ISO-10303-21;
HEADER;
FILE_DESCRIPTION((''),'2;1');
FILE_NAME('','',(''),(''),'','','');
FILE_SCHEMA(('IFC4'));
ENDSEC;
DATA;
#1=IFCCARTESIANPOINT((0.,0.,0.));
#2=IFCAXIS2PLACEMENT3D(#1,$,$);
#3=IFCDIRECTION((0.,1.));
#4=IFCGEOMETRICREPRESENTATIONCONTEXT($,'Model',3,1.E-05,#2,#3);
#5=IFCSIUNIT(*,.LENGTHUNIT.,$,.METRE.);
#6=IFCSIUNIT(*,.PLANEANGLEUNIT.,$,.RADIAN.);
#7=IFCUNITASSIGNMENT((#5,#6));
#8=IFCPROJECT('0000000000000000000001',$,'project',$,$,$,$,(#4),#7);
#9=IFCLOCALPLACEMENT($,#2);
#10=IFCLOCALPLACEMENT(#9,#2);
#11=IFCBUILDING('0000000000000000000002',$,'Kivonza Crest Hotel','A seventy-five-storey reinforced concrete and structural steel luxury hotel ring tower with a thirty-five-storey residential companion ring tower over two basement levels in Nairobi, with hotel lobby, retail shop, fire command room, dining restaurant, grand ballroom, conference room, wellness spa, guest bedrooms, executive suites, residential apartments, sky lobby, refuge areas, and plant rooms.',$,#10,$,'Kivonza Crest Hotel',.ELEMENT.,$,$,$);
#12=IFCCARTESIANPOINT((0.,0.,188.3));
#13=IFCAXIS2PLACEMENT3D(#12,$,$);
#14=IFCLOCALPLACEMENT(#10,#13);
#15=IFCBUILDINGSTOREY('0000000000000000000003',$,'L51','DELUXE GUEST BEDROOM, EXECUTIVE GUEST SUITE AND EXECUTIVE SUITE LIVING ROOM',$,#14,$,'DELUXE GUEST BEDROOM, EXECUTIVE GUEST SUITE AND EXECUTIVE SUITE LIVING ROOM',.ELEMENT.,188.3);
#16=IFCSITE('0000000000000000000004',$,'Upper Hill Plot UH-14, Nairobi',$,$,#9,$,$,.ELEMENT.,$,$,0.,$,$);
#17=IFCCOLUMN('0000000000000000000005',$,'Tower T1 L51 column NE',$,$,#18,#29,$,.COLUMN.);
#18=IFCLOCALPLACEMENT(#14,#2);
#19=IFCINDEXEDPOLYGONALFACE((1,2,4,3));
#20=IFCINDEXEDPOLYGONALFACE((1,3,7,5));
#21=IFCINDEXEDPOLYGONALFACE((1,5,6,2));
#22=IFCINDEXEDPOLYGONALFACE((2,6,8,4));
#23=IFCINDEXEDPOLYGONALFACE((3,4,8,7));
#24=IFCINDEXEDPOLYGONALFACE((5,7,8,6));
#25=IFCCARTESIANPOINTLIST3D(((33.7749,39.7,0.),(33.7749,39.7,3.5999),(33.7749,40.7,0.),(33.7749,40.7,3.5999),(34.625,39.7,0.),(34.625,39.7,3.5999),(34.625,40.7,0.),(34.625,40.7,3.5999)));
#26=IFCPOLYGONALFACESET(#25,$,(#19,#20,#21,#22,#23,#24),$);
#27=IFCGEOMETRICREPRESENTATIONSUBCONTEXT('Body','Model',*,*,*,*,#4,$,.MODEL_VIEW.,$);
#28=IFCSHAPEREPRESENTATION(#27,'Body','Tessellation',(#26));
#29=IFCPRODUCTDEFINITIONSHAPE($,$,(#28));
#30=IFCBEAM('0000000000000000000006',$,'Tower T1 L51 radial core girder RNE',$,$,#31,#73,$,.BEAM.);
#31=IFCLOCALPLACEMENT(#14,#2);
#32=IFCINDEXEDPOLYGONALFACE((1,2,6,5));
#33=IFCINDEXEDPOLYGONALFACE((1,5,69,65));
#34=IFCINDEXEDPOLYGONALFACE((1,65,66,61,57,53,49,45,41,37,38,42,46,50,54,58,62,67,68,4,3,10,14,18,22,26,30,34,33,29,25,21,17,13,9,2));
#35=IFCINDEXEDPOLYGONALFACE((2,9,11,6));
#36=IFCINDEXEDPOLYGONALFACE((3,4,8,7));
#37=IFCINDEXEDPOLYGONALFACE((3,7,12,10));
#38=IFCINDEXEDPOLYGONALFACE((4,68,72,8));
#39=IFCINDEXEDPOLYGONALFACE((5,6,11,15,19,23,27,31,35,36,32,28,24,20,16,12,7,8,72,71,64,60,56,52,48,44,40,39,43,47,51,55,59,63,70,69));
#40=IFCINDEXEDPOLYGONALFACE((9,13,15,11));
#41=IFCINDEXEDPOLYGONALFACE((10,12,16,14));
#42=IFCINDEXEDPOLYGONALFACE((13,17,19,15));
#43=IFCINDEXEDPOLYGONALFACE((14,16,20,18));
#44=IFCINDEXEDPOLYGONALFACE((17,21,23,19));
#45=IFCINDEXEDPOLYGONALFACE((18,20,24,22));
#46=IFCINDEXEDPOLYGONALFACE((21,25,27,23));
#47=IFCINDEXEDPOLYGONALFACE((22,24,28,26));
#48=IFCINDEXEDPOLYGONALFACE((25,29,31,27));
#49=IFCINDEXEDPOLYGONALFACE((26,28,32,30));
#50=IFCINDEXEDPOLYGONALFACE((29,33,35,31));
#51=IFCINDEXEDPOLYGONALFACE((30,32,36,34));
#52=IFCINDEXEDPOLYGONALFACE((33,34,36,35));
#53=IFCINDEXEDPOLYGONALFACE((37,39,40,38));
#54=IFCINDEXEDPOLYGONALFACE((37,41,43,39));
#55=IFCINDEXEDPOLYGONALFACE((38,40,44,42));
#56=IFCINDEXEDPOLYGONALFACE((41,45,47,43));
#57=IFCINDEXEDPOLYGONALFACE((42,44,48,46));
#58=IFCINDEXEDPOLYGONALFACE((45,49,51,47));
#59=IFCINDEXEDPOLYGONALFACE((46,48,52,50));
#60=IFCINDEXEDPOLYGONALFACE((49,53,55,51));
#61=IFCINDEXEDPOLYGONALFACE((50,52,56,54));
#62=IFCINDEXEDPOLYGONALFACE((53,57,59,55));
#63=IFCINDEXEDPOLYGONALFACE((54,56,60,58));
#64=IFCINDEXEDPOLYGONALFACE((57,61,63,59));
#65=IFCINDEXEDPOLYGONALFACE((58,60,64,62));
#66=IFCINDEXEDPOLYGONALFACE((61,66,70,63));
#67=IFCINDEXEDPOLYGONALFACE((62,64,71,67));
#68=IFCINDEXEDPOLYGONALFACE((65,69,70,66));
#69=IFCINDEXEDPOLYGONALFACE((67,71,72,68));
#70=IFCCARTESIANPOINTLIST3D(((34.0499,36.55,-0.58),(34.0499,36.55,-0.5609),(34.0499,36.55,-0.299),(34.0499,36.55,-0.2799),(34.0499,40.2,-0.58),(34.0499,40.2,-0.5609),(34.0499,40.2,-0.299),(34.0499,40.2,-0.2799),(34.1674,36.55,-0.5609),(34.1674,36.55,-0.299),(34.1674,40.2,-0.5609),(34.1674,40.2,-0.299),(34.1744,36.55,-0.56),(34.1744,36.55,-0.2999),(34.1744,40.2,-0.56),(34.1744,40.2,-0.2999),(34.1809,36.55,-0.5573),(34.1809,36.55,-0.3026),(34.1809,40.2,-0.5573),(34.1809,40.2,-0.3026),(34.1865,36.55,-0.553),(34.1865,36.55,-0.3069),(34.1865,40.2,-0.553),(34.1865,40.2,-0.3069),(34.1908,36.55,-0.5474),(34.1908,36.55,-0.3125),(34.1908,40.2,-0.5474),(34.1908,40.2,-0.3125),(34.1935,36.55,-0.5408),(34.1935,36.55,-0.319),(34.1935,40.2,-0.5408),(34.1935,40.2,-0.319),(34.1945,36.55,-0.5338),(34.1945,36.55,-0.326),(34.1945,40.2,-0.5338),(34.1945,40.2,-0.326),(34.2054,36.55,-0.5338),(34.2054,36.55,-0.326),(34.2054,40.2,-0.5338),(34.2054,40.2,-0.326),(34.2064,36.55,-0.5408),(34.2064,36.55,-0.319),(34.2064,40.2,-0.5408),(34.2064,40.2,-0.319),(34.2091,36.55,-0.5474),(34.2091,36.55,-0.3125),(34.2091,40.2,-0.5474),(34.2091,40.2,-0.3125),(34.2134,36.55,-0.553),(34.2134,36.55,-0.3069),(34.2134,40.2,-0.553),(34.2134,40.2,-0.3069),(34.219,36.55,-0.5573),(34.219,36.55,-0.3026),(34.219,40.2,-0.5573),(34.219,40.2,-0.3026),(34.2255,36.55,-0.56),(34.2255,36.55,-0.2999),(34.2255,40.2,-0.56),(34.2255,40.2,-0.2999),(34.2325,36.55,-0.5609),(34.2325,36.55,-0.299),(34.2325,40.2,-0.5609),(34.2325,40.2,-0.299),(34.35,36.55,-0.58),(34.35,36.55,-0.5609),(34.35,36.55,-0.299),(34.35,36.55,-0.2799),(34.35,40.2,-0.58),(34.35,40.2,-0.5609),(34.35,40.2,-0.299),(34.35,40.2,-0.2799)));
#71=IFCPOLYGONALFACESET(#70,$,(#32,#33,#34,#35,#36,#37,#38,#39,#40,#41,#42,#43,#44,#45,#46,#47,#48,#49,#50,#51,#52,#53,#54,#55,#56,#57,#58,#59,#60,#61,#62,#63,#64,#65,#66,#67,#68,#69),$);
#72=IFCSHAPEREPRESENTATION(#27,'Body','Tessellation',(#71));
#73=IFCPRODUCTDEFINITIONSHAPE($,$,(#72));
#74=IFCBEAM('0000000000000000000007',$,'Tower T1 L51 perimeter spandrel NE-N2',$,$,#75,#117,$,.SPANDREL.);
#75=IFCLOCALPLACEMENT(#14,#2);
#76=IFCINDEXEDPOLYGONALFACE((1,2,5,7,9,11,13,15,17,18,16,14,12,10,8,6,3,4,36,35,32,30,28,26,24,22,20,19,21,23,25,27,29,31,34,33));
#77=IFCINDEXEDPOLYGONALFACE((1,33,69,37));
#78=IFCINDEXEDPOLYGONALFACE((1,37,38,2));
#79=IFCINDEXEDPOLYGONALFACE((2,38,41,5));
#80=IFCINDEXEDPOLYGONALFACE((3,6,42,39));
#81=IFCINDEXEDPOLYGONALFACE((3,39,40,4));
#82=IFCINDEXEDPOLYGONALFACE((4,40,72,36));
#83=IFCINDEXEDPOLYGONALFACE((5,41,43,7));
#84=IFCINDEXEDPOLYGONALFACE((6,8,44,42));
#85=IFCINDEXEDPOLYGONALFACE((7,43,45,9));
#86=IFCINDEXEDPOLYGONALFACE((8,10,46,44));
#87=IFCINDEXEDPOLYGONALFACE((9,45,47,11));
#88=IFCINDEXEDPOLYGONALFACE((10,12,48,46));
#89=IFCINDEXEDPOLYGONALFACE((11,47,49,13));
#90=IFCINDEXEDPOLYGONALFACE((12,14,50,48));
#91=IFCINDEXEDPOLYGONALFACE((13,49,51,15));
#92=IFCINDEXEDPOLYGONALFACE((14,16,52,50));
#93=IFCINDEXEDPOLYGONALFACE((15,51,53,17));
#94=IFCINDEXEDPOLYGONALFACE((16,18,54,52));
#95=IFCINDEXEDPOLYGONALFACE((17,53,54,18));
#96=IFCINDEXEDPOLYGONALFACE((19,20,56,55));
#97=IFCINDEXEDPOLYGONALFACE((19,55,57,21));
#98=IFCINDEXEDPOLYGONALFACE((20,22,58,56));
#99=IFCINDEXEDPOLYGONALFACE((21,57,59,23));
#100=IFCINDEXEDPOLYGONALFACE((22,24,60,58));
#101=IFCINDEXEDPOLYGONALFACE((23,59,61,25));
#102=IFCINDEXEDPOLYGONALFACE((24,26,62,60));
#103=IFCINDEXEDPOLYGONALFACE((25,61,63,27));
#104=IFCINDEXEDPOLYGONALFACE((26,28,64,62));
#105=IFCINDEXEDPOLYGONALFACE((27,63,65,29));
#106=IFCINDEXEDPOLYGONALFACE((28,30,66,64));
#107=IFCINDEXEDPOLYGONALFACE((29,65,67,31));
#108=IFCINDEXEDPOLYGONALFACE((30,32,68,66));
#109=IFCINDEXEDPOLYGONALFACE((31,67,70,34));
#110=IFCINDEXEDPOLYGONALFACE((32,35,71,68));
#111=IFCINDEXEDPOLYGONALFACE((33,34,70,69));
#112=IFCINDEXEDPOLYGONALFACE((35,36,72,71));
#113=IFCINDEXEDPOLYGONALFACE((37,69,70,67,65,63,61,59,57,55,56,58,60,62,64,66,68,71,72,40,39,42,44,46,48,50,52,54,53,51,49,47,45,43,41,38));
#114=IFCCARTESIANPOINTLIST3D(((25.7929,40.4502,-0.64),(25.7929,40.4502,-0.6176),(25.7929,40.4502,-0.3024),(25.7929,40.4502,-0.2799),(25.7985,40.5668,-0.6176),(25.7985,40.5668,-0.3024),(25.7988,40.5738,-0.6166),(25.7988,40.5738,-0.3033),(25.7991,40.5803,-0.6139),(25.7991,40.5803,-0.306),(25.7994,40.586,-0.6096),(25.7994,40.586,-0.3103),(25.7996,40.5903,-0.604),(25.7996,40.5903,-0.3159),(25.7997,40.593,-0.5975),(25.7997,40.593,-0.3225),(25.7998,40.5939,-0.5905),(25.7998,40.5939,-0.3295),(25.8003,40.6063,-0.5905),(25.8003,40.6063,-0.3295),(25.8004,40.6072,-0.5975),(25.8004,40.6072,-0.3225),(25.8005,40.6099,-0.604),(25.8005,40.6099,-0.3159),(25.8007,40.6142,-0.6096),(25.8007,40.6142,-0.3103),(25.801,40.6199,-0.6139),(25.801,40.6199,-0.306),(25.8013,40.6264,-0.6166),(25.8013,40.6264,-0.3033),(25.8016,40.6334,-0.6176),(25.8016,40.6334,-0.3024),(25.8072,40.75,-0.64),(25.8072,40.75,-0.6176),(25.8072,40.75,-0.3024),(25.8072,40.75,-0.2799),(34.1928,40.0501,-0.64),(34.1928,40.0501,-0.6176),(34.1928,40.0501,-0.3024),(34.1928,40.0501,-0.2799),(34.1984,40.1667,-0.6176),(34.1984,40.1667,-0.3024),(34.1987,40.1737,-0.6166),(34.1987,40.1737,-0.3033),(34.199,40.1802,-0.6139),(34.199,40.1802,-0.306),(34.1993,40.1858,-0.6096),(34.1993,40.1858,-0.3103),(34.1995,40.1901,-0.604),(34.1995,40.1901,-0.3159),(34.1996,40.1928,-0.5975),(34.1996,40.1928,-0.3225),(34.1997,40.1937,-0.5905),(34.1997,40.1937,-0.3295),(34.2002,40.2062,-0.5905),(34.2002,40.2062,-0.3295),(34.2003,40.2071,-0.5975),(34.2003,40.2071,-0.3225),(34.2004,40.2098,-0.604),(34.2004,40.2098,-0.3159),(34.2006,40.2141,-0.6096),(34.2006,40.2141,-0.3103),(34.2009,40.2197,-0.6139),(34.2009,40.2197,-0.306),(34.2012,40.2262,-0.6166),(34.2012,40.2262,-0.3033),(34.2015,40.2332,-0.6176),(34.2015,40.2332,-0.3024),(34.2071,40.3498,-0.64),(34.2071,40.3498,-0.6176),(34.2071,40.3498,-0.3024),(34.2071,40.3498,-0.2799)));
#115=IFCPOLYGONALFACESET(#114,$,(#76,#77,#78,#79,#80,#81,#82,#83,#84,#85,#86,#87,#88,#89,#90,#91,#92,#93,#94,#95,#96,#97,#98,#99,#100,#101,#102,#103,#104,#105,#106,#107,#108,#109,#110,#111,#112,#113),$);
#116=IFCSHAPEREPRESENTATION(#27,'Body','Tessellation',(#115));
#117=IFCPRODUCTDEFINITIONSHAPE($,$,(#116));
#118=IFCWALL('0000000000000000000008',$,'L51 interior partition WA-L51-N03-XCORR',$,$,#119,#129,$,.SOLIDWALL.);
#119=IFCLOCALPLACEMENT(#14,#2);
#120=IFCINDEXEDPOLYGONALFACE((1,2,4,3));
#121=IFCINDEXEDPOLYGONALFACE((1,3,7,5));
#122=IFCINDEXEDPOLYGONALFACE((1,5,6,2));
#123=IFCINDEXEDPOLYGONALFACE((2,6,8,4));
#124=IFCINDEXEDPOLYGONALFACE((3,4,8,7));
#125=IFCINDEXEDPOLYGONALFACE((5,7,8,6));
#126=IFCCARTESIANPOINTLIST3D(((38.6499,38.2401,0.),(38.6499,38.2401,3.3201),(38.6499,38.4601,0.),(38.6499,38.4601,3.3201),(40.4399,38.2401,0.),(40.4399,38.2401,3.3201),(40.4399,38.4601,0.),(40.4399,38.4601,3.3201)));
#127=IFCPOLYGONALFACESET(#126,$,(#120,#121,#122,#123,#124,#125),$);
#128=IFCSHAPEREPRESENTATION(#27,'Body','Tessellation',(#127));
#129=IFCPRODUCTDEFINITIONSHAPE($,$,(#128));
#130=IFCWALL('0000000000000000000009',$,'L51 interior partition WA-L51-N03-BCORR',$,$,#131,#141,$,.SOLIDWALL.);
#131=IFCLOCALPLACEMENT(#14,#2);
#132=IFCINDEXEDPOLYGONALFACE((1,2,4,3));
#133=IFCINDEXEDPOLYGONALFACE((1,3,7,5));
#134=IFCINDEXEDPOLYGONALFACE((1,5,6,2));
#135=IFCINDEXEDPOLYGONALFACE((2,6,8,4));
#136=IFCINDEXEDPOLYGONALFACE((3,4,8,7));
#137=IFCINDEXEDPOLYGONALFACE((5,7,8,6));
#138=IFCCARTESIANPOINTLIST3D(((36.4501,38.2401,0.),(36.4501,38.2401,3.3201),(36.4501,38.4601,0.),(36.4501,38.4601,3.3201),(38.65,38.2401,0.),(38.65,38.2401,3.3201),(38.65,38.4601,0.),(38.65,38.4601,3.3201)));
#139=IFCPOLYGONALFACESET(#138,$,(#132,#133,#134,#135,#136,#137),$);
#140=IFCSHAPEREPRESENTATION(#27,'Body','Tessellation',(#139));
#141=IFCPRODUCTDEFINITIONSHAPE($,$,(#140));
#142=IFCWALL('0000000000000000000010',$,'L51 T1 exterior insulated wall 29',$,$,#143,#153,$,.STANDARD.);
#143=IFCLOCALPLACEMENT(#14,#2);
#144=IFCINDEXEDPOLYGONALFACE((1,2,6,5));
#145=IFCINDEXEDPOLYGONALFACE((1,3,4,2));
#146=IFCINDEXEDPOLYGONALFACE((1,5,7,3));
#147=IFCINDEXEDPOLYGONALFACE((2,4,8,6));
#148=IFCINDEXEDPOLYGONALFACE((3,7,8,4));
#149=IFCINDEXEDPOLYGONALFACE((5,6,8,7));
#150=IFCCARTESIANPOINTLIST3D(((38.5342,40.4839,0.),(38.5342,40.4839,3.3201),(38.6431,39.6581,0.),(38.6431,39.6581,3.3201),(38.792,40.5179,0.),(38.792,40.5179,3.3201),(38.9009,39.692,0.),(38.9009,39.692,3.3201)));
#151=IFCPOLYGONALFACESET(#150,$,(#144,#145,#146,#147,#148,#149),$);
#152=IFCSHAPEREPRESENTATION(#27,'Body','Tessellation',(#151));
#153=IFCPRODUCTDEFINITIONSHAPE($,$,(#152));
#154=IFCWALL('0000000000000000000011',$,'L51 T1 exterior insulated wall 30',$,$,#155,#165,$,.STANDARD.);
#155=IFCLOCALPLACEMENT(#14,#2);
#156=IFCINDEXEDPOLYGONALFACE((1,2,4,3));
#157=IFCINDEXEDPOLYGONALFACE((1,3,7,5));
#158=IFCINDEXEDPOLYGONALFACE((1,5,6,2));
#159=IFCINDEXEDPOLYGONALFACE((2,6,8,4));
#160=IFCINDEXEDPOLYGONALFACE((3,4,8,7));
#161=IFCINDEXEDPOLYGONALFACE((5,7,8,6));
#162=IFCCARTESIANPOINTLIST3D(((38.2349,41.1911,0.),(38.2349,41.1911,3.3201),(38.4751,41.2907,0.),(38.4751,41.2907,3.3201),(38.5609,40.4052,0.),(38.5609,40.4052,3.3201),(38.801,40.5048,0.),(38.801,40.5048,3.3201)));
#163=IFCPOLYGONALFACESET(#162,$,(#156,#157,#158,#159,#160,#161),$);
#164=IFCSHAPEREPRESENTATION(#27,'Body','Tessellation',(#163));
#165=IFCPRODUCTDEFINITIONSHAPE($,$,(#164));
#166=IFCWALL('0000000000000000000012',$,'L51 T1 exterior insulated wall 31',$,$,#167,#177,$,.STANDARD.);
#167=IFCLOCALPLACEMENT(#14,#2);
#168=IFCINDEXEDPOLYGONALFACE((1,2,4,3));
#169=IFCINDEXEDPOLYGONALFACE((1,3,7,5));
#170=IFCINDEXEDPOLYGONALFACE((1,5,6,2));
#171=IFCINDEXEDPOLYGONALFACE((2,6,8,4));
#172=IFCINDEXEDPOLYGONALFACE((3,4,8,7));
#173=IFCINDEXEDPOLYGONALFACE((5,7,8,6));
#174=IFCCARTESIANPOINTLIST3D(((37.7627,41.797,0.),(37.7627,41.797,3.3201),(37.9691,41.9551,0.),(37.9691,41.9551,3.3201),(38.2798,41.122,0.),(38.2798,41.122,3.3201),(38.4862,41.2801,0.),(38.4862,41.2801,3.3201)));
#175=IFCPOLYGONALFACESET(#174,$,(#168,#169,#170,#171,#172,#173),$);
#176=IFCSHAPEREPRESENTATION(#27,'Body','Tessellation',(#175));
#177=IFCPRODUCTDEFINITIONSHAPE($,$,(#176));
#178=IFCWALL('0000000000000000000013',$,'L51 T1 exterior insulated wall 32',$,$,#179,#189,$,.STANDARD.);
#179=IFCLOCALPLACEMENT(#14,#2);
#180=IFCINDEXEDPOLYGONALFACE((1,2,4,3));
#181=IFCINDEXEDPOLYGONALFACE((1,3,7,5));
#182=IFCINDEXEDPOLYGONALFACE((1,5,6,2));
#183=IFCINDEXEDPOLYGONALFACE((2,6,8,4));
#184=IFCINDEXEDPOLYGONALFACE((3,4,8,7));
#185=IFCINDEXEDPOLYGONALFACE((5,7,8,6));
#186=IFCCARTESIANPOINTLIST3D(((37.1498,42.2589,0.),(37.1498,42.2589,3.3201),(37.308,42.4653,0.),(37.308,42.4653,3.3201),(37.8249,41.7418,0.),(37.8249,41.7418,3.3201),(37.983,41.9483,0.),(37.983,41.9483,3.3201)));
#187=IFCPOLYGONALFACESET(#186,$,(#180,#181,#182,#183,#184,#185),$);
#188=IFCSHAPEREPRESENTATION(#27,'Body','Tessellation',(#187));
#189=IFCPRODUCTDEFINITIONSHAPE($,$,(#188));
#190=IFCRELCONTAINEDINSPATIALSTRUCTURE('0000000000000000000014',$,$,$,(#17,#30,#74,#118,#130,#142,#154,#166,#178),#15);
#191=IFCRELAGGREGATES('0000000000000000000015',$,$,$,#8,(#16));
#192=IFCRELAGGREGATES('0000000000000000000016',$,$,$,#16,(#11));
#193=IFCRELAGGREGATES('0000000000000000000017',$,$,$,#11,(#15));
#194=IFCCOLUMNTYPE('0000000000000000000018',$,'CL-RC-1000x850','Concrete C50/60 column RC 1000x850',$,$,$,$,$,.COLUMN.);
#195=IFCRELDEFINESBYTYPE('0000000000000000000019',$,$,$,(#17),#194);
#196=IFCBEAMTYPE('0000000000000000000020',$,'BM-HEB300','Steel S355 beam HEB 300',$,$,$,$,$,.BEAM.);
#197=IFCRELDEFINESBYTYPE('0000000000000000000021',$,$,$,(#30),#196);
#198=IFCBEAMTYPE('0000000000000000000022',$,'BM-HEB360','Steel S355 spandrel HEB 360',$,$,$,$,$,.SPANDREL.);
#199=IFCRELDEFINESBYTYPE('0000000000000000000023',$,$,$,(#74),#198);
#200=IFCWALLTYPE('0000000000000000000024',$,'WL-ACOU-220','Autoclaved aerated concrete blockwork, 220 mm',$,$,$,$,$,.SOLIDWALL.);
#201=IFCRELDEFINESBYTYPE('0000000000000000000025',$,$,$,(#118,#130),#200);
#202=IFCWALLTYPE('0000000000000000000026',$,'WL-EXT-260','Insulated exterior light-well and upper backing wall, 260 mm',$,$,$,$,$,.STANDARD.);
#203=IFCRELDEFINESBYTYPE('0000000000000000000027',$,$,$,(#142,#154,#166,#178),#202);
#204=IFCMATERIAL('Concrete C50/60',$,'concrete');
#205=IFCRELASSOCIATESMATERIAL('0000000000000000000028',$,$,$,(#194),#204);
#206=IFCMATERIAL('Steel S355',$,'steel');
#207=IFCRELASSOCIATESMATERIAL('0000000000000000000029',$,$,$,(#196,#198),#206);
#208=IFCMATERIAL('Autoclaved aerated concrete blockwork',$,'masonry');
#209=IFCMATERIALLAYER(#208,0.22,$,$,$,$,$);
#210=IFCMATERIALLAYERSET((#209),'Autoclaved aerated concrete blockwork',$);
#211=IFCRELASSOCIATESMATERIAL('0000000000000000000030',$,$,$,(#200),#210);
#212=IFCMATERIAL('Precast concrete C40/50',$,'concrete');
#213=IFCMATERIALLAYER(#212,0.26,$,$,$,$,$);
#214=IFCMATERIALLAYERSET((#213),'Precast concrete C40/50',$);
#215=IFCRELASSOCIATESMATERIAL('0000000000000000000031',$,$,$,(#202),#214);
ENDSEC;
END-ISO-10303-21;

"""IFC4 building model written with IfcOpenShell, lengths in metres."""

from ifc_helpers import new_model, si_unit, direction, frame, frame_2d, origin, origin_2d, place, context, subcontext, project, spatial, rectangle, i_section, extrude, material, layer, layer_set, material_profile, profile_set, type_object, element, save


model = new_model("IFC4")

# Units and contexts
model_context = context("Model", 3, precision=1e-05, world=origin(), true_north=direction((0.0, 1.0)))
body_context = subcontext(model_context, "Body", "Model", "MODEL_VIEW")
ifc_project = project(units=[si_unit("LENGTHUNIT", "METRE"), si_unit("PLANEANGLEUNIT", "RADIAN")], contexts=[model_context])

# Site, building, storey
site_placement = place(None, origin())
site = spatial("IfcSite", under=ifc_project, at=site_placement, Name="Upper Hill Plot UH-14, Nairobi", CompositionType="ELEMENT", RefElevation=0.0)
building_placement = place(site_placement, origin())
building = spatial("IfcBuilding", under=site, at=building_placement, Name="Kivonza Crest Hotel", Description="A seventy-five-storey reinforced concrete and structural steel luxury hotel ring tower with a thirty-five-storey residential companion ring tower over two basement levels in Nairobi, with hotel lobby, retail shop, fire command room, dining restaurant, grand ballroom, conference room, wellness spa, guest bedrooms, executive suites, residential apartments, sky lobby, refuge areas, and plant rooms.", LongName="Kivonza Crest Hotel", CompositionType="ELEMENT")
storey_placement = place(building_placement, frame((0.0, 0.0, 188.3)))
storey = spatial("IfcBuildingStorey", under=building, at=storey_placement, Name="L51", Description="DELUXE GUEST BEDROOM, EXECUTIVE GUEST SUITE AND EXECUTIVE SUITE LIVING ROOM", LongName="DELUXE GUEST BEDROOM, EXECUTIVE GUEST SUITE AND EXECUTIVE SUITE LIVING ROOM", CompositionType="ELEMENT", Elevation=188.3)

# Column
ifc_material_1 = material(Name="Concrete C50/60", Category="concrete")
ifc_material_profile_1 = material_profile(ifc_material_1, rectangle(XDim=0.8501, YDim=1.0, at=origin_2d()), Name="RC 1000x850")
ifc_profile_set_1 = profile_set([ifc_material_profile_1], Name="Concrete C50/60")
column_type = type_object("IfcColumnType", Name="CL-RC-1000x850", Description="Concrete C50/60 column RC 1000x850", PredefinedType="COLUMN", material=ifc_profile_set_1)
column_placement = place(storey_placement, frame((34.2, 40.2, 0.0), z_axis=(0.0, 0.0, 1.0), x_axis=(1.0, 0.0, 0.0)))
element("IfcColumn", 1, at=column_placement, inside=storey, type_object=column_type, Name="Tower T1 L51 column NE", PredefinedType="COLUMN", context=body_context, shape_type="SweptSolid", body=[
    extrude(rectangle(XDim=0.8501, YDim=1.0, at=origin_2d()), origin(), (0.0, 0.0, 1.0), 3.5999),
])

# Beams
ifc_material_2 = material(Name="Steel S355", Category="steel")
ifc_material_profile_2 = material_profile(ifc_material_2, i_section(OverallWidth=0.3, OverallDepth=0.3, WebThickness=0.011, FlangeThickness=0.019, FilletRadius=0.0271, at=origin_2d()), Name="HEB 300")
ifc_profile_set_2 = profile_set([ifc_material_profile_2], Name="Steel S355")
beam_type_1 = type_object("IfcBeamType", Name="BM-HEB300", Description="Steel S355 beam HEB 300", PredefinedType="BEAM", material=ifc_profile_set_2)
beam_1_placement = place(storey_placement, frame((34.2, 40.2, -0.4299), z_axis=(0.0, -1.0, 0.0), x_axis=(1.0, 0.0, 0.0)))
element("IfcBeam", 2, at=beam_1_placement, inside=storey, type_object=beam_type_1, Name="Tower T1 L51 radial core girder RNE", PredefinedType="BEAM", context=body_context, shape_type="SweptSolid", body=[
    extrude(i_section(OverallWidth=0.3, OverallDepth=0.3, WebThickness=0.011, FlangeThickness=0.019, FilletRadius=0.0271, at=origin_2d()), origin(), (0.0, 0.0, 1.0), 3.6499),
])
ifc_material_profile_3 = material_profile(ifc_material_2, i_section(OverallWidth=0.3, OverallDepth=0.3601, WebThickness=0.0125, FlangeThickness=0.0225, FilletRadius=0.0271, at=origin_2d()), Name="HEB 360")
ifc_profile_set_3 = profile_set([ifc_material_profile_3], Name="Steel S355")
beam_type_2 = type_object("IfcBeamType", Name="BM-HEB360", Description="Steel S355 spandrel HEB 360", PredefinedType="SPANDREL", material=ifc_profile_set_3)
beam_2_placement = place(storey_placement, frame((34.2, 40.2, -0.46), z_axis=(-0.998867, 0.047583, 0.0), x_axis=(-0.047583, -0.998867, 0.0)))
element("IfcBeam", 3, at=beam_2_placement, inside=storey, type_object=beam_type_2, Name="Tower T1 L51 perimeter spandrel NE-N2", PredefinedType="SPANDREL", context=body_context, shape_type="SweptSolid", body=[
    extrude(i_section(OverallWidth=0.3, OverallDepth=0.3601, WebThickness=0.0125, FlangeThickness=0.0225, FilletRadius=0.0271, at=origin_2d()), origin(), (0.0, 0.0, 1.0), 8.4094),
])

# Walls
ifc_material_3 = material(Name="Autoclaved aerated concrete blockwork", Category="masonry")
ifc_layer_1 = layer(ifc_material_3, 0.22)
ifc_layer_set_1 = layer_set([ifc_layer_1], Name="Autoclaved aerated concrete blockwork")
wall_type_1 = type_object("IfcWallType", Name="WL-ACOU-220", Description="Autoclaved aerated concrete blockwork, 220 mm", PredefinedType="SOLIDWALL", material=ifc_layer_set_1)
wall_1_placement = place(storey_placement, frame((38.6499, 38.3501, 0.0), z_axis=(0.0, 0.0, 1.0), x_axis=(1.0, 0.0, 0.0)))
element("IfcWall", 4, at=wall_1_placement, inside=storey, type_object=wall_type_1, Name="L51 interior partition WA-L51-N03-XCORR", PredefinedType="SOLIDWALL", context=body_context, shape_type="SweptSolid", body=[
    extrude(rectangle(XDim=1.79, YDim=0.22, at=frame_2d((0.895, 0.0))), origin(), (0.0, 0.0, 1.0), 3.3201),
])
wall_2_placement = place(storey_placement, frame((36.45, 38.3501, 0.0), z_axis=(0.0, 0.0, 1.0), x_axis=(1.0, 0.0, 0.0)))
element("IfcWall", 5, at=wall_2_placement, inside=storey, type_object=wall_type_1, Name="L51 interior partition WA-L51-N03-BCORR", PredefinedType="SOLIDWALL", context=body_context, shape_type="SweptSolid", body=[
    extrude(rectangle(XDim=2.2, YDim=0.22, at=frame_2d((1.1001, 0.0))), origin(), (0.0, 0.0, 1.0), 3.3201),
])
ifc_material_4 = material(Name="Precast concrete C40/50", Category="concrete")
ifc_layer_2 = layer(ifc_material_4, 0.26)
ifc_layer_set_2 = layer_set([ifc_layer_2], Name="Precast concrete C40/50")
wall_type_2 = type_object("IfcWallType", Name="WL-EXT-260", Description="Insulated exterior light-well and upper backing wall, 260 mm", PredefinedType="STANDARD", material=ifc_layer_set_2)
wall_3_placement = place(storey_placement, frame((38.772, 39.675, 0.0), z_axis=(0.0, 0.0, 1.0), x_axis=(-0.130705, 0.991421, 0.0)))
element("IfcWall", 6, at=wall_3_placement, inside=storey, type_object=wall_type_2, Name="L51 T1 exterior insulated wall 29", PredefinedType="STANDARD", context=body_context, shape_type="SweptSolid", body=[
    extrude(rectangle(XDim=0.833, YDim=0.26, at=frame_2d((0.4165, 0.0))), origin(), (0.0, 0.0, 1.0), 3.3201),
])
wall_4_placement = place(storey_placement, frame((38.6809, 40.4551, 0.0), z_axis=(0.0, 0.0, 1.0), x_axis=(-0.383087, 0.923712, 0.0)))
element("IfcWall", 7, at=wall_4_placement, inside=storey, type_object=wall_type_2, Name="L51 T1 exterior insulated wall 30", PredefinedType="STANDARD", context=body_context, shape_type="SweptSolid", body=[
    extrude(rectangle(XDim=0.8508, YDim=0.26, at=frame_2d((0.4253, 0.0))), origin(), (0.0, 0.0, 1.0), 3.3201),
])
for number, where, z_axis, x_axis, name in (
    (8, (38.3831, 41.2009, 0.0), (0.0, 0.0, 1.0), (-0.6081, 0.79386, 0.0), "L51 T1 exterior insulated wall 31"),
    (9, (37.9041, 41.845, 0.0), (0.0, 0.0, 1.0), (-0.79386, 0.6081, 0.0), "L51 T1 exterior insulated wall 32"),
):
    element("IfcWall", number, at=place(storey_placement, frame(where, z_axis=z_axis, x_axis=x_axis)), inside=storey, type_object=wall_type_2, Name=name, PredefinedType="STANDARD", context=body_context, shape_type="SweptSolid", body=[
        extrude(rectangle(XDim=0.8503, YDim=0.26, at=frame_2d((0.4253, 0.0))), origin(), (0.0, 0.0, 1.0), 3.3201),
    ])

save(model, "model.ifc")
